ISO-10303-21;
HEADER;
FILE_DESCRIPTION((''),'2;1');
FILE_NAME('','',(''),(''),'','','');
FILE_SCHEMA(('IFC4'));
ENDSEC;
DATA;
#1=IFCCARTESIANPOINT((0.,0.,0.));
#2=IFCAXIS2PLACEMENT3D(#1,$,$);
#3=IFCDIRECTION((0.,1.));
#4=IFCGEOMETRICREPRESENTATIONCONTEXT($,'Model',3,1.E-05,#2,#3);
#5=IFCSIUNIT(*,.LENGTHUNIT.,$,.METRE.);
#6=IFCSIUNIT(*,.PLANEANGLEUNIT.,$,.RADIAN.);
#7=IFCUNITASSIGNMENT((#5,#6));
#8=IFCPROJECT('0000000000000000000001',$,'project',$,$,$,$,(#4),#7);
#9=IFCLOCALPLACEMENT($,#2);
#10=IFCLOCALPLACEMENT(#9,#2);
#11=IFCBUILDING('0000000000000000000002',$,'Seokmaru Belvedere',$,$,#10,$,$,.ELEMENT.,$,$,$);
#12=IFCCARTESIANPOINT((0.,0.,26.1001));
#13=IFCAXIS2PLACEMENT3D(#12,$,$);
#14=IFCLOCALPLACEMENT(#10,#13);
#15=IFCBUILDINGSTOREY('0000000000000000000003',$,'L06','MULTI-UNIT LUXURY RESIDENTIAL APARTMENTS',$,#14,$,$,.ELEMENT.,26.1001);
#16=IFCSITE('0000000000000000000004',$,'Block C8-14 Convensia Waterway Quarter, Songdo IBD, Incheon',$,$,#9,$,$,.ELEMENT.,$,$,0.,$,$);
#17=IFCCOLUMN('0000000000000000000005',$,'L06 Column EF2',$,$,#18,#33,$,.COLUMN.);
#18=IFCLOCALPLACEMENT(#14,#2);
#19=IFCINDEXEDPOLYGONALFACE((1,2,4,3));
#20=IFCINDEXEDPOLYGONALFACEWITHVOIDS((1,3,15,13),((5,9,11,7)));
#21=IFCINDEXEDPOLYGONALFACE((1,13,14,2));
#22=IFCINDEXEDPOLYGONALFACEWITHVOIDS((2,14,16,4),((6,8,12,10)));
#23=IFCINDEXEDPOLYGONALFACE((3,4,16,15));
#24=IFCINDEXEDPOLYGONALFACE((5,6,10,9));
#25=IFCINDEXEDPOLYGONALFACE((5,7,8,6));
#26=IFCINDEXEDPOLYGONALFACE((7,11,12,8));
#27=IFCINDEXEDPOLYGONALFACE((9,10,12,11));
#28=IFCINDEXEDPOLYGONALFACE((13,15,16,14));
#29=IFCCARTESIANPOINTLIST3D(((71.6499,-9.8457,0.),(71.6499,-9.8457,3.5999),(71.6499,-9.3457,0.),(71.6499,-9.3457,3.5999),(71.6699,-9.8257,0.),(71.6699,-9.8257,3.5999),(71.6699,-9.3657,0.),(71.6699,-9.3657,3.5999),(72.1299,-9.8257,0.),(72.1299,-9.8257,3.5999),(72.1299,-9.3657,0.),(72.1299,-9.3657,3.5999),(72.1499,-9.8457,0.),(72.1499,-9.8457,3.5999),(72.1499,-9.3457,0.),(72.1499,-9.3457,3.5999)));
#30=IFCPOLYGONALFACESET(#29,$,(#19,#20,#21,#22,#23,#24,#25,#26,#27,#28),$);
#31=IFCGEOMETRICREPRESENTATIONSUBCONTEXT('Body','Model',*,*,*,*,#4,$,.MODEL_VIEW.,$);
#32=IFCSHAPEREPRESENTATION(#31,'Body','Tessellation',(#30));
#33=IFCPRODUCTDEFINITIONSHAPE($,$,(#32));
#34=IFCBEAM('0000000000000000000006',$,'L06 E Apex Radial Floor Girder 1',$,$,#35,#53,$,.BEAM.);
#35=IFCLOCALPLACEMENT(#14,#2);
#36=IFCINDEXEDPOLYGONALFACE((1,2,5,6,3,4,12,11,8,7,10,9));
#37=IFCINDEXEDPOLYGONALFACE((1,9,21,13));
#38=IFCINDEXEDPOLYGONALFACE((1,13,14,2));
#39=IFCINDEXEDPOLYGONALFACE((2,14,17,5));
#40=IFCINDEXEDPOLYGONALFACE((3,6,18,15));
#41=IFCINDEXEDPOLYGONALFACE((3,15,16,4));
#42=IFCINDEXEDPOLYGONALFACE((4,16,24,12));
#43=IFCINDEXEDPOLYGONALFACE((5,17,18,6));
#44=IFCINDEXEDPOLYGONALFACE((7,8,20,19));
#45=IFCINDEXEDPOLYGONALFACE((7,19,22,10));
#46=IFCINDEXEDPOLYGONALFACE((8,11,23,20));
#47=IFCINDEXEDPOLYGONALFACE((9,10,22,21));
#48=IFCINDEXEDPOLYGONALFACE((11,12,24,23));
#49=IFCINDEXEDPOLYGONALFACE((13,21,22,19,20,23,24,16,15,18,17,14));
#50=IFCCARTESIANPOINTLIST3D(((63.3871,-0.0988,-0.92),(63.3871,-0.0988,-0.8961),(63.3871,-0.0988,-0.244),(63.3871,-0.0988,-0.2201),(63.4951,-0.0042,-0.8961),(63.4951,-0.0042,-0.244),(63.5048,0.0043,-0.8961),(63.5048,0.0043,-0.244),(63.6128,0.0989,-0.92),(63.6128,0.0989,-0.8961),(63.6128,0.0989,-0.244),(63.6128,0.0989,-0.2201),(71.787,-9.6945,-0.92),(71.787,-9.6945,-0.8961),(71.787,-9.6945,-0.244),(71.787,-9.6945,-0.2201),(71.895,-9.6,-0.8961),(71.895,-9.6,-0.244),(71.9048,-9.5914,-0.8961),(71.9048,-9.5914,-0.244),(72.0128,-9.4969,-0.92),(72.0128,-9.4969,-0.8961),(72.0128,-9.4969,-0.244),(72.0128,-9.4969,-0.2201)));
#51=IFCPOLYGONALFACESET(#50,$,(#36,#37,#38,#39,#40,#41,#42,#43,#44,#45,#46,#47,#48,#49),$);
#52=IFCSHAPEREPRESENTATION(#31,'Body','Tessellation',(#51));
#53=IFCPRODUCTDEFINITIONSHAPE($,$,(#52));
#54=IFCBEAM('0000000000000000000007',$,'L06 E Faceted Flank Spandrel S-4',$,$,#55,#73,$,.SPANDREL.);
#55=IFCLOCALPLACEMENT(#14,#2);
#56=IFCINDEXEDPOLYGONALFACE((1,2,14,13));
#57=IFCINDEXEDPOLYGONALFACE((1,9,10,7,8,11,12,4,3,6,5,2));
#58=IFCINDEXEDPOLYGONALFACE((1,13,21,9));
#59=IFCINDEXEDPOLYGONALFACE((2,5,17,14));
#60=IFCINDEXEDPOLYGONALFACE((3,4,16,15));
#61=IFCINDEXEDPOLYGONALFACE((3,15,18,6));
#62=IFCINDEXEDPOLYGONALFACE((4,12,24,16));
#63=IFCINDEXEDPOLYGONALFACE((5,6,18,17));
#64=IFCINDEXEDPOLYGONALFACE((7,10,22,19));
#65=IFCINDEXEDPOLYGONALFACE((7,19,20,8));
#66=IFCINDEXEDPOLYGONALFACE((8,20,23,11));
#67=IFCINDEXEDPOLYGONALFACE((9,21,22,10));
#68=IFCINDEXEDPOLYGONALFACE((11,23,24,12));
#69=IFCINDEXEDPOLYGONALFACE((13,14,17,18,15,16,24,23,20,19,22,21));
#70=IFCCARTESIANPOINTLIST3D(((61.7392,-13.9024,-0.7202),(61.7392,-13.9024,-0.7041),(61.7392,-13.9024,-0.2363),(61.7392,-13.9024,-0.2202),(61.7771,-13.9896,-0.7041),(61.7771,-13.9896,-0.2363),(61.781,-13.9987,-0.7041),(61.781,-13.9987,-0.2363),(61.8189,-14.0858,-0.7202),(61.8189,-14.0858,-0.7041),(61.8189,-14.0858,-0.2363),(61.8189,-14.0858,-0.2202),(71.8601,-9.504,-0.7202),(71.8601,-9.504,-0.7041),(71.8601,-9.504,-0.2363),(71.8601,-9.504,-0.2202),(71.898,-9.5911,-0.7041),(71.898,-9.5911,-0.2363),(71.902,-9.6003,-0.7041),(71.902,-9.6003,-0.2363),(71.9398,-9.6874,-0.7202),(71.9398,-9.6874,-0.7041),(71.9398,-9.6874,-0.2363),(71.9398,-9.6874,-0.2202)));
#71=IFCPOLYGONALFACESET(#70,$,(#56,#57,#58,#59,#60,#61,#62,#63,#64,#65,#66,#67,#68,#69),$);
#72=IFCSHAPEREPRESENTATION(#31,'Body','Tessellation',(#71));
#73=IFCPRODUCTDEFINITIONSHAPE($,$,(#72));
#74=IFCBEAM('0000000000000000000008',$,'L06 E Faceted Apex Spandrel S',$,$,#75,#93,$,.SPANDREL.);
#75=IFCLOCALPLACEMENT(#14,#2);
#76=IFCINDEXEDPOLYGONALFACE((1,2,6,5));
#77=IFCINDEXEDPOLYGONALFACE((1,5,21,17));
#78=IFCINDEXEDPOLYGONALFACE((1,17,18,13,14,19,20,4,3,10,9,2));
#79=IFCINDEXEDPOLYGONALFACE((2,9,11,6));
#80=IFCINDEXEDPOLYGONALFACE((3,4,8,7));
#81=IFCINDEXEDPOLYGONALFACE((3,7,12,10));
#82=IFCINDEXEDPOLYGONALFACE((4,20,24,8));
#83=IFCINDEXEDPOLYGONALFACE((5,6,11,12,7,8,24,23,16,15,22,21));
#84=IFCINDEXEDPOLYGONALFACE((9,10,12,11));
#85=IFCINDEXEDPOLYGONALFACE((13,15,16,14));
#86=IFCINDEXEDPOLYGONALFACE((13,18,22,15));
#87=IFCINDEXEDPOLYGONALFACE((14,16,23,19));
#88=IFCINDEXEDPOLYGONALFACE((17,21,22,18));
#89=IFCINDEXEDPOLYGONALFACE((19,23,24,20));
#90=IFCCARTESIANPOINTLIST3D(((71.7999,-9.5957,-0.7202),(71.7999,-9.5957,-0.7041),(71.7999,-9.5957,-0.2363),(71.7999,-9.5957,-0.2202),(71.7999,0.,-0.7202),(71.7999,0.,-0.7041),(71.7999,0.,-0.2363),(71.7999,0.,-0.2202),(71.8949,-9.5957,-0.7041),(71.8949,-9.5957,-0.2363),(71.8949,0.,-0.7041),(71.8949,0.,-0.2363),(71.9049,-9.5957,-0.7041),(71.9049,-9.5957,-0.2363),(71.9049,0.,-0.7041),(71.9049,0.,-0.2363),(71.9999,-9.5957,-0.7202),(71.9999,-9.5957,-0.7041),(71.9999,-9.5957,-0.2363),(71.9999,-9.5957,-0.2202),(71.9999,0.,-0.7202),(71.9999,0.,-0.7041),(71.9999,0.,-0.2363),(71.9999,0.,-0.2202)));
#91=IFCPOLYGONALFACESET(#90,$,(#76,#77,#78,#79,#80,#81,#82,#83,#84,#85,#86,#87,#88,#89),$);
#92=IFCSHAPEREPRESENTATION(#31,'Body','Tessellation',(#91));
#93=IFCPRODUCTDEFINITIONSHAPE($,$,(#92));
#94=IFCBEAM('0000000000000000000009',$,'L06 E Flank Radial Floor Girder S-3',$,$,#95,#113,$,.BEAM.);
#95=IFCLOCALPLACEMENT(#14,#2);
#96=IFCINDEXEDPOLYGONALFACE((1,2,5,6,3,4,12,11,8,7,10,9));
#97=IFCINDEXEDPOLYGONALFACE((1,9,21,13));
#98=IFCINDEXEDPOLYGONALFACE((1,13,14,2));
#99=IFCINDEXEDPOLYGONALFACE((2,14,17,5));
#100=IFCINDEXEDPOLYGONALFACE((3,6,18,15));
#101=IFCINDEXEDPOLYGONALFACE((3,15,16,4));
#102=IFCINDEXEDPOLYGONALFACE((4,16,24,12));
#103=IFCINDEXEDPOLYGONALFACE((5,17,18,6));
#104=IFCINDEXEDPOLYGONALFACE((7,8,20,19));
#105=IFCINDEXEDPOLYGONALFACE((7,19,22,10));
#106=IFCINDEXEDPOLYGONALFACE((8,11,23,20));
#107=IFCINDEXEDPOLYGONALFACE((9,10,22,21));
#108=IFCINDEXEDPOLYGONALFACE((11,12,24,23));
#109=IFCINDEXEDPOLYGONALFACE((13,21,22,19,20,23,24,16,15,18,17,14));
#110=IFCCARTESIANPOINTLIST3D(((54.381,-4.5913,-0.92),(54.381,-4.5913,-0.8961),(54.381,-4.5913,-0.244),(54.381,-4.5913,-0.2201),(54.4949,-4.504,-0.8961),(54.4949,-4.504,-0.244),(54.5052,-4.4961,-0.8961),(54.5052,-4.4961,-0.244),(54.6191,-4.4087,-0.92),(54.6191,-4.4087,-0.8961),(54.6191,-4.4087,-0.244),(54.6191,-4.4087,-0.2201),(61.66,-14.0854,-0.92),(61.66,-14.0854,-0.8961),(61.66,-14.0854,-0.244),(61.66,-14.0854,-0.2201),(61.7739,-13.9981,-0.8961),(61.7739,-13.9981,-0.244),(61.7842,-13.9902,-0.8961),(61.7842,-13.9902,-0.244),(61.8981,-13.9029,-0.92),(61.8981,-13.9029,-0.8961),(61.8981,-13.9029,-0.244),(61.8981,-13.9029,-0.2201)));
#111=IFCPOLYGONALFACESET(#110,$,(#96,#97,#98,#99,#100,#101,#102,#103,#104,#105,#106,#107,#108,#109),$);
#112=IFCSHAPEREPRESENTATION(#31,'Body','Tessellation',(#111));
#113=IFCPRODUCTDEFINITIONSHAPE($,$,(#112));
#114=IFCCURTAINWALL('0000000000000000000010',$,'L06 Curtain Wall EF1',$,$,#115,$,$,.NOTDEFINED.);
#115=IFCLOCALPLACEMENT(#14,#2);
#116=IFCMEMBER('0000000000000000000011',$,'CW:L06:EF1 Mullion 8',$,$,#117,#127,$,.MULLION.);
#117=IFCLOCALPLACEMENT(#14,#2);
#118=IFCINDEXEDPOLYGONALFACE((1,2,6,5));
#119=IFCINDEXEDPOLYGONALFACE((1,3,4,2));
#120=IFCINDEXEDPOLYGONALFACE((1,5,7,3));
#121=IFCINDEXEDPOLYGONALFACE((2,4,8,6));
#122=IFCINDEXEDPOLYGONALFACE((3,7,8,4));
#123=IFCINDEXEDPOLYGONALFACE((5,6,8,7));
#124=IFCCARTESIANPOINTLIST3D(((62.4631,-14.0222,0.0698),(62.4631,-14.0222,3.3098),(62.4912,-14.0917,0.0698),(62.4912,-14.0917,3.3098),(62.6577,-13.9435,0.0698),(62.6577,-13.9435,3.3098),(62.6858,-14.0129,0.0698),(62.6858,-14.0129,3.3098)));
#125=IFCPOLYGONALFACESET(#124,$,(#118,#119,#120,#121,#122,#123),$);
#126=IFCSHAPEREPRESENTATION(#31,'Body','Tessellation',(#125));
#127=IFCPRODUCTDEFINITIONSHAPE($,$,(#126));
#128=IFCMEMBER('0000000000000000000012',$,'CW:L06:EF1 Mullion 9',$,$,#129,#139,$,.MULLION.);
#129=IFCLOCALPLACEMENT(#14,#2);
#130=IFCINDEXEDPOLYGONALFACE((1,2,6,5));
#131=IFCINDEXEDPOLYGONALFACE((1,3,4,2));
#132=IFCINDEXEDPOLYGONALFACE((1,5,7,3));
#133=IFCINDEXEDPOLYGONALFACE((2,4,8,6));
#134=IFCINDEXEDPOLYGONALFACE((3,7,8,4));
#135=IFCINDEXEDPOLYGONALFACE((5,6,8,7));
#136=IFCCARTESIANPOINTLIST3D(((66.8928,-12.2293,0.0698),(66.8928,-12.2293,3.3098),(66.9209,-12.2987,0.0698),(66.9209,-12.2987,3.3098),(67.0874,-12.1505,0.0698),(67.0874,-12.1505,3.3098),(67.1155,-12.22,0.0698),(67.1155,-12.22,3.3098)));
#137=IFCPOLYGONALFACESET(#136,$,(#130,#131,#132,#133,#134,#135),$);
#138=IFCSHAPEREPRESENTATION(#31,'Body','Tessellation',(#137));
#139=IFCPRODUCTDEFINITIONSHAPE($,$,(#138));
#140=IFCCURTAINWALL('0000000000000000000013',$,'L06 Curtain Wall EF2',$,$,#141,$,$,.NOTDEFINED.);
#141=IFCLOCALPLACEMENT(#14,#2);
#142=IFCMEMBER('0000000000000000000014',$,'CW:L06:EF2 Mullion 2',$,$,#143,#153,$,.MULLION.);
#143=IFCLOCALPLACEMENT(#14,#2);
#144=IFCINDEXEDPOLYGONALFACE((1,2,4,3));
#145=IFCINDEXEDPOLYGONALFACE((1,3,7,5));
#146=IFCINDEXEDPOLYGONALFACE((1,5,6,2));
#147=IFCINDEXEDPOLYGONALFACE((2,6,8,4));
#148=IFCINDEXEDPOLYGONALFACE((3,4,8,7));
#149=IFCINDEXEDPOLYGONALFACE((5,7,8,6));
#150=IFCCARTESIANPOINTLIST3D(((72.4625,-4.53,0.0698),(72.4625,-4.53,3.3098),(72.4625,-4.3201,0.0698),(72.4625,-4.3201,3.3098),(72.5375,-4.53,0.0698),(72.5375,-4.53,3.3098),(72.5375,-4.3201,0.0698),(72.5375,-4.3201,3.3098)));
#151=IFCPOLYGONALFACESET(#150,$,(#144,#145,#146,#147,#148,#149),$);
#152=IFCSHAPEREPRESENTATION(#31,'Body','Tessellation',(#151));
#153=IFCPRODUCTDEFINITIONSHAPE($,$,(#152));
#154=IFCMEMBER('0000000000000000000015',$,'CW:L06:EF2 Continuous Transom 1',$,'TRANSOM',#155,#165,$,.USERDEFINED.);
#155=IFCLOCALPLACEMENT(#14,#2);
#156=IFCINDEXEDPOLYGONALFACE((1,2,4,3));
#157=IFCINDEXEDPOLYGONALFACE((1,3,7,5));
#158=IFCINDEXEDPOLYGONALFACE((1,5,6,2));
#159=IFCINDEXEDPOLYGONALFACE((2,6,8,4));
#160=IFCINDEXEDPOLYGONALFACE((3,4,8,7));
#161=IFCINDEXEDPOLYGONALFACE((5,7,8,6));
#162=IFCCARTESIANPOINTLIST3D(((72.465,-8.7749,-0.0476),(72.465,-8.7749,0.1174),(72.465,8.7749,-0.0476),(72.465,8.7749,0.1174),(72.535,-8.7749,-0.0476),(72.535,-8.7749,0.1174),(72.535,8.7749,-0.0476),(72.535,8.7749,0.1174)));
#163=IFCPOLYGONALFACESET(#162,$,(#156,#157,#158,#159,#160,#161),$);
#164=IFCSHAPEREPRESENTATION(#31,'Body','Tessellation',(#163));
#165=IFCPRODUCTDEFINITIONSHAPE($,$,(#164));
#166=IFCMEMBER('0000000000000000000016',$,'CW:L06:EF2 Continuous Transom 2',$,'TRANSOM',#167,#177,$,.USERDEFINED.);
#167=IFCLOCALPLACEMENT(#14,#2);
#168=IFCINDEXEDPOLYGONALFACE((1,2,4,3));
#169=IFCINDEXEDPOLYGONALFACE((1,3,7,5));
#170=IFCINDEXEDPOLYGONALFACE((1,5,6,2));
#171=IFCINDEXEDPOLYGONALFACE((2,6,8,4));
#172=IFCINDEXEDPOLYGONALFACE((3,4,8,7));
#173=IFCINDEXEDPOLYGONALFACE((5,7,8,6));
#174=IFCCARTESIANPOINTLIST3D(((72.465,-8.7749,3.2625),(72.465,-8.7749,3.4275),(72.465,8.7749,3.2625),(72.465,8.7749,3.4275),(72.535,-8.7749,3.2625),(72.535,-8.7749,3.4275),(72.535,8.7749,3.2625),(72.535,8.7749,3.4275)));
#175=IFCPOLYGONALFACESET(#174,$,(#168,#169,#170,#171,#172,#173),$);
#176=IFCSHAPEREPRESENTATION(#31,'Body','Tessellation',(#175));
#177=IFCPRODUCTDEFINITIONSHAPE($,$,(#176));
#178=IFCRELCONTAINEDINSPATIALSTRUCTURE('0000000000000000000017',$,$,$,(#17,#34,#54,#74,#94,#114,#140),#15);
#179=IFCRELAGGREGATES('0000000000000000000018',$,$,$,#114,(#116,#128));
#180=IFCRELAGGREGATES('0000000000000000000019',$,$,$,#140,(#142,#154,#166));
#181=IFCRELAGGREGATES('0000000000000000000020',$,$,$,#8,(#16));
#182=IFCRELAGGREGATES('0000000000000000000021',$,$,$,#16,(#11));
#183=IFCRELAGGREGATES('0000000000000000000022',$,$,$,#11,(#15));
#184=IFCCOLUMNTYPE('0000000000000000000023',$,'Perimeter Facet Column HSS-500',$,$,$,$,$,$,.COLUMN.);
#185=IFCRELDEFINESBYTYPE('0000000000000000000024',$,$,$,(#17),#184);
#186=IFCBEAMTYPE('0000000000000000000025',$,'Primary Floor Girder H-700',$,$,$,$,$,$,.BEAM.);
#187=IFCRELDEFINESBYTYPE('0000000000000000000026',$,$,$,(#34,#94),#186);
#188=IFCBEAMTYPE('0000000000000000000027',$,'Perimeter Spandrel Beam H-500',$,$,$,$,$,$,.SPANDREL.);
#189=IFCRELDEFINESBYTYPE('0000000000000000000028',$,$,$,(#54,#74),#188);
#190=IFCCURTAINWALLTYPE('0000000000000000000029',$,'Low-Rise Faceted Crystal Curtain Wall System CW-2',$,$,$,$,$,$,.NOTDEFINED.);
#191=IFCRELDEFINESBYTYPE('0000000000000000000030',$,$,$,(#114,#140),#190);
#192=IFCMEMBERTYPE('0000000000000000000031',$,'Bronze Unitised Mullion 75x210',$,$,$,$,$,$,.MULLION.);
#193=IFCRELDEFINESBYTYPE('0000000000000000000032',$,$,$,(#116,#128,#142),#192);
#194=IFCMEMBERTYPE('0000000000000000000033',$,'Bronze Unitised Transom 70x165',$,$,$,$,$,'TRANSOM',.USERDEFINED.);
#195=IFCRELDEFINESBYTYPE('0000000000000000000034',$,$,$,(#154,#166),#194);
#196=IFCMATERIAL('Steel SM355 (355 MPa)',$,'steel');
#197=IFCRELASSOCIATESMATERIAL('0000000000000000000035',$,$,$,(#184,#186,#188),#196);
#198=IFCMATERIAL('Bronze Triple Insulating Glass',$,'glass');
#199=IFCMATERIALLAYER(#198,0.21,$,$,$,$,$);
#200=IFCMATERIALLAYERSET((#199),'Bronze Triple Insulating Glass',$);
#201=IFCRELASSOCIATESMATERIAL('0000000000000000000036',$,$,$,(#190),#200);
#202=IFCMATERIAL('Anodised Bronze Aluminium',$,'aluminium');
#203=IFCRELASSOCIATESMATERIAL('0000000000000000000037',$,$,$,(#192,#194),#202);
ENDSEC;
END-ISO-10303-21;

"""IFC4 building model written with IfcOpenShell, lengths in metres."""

from ifc_helpers import new_model, si_unit, direction, frame, origin, origin_2d, place, context, subcontext, project, spatial, rectangle, hollow_rectangle, i_section, extrude, source, transform, mapped, material, layer, layer_set, material_profile, profile_set, type_object, type_shapes, element, aggregate, save


model = new_model("IFC4")

# Units and contexts
model_context = context("Model", 3, precision=1e-05, world=origin(), true_north=direction((0.0, 1.0)))
body_context = subcontext(model_context, "Body", "Model", "MODEL_VIEW")
ifc_project = project(units=[si_unit("LENGTHUNIT", "METRE"), si_unit("PLANEANGLEUNIT", "RADIAN")], contexts=[model_context])

# Site, building, storey
site_placement = place(None, origin())
site = spatial("IfcSite", under=ifc_project, at=site_placement, Name="Block C8-14 Convensia Waterway Quarter, Songdo IBD, Incheon", CompositionType="ELEMENT", RefElevation=0.0)
building_placement = place(site_placement, origin())
building = spatial("IfcBuilding", under=site, at=building_placement, Name="Seokmaru Belvedere", CompositionType="ELEMENT")
storey_placement = place(building_placement, frame((0.0, 0.0, 26.1001)))
storey = spatial("IfcBuildingStorey", under=building, at=storey_placement, Name="L06", Description="MULTI-UNIT LUXURY RESIDENTIAL APARTMENTS", CompositionType="ELEMENT", Elevation=26.1001)

# Column
ifc_material_1 = material(Name="Steel SM355 (355 MPa)", Category="steel")
ifc_material_profile_1 = material_profile(ifc_material_1, hollow_rectangle(XDim=0.5, YDim=0.5, WallThickness=0.02, at=origin_2d()), Name="HSS-500x500x20")
ifc_profile_set_1 = profile_set([ifc_material_profile_1], Name="Steel SM355 (355 MPa)")
column_type = type_object("IfcColumnType", Name="Perimeter Facet Column HSS-500", PredefinedType="COLUMN", material=ifc_profile_set_1)
shared_shape_1 = source(origin(), body_context, "Body", "SweptSolid", [
    extrude(hollow_rectangle(XDim=0.5, YDim=0.5, WallThickness=0.02, at=origin_2d()), origin(), (0.0, 0.0, 1.0), 3.5999),
])
type_shapes(column_type, [shared_shape_1])
column_placement = place(storey_placement, frame((71.8999, -9.5957, 0.0), z_axis=(0.0, 0.0, 1.0), x_axis=(1.0, 0.0, 0.0)))
element("IfcColumn", 1, at=column_placement, inside=storey, type_object=column_type, Name="L06 Column EF2", PredefinedType="COLUMN", context=body_context, shape_type="MappedRepresentation", body=[
    mapped(shared_shape_1, transform((0.0, 0.0, 0.0), scale=1.0)),
])

# Beams
ifc_material_profile_2 = material_profile(ifc_material_1, i_section(OverallWidth=0.3, OverallDepth=0.7, WebThickness=0.0129, FlangeThickness=0.0239, at=origin_2d()), Name="H-700x300x13x24")
ifc_profile_set_2 = profile_set([ifc_material_profile_2], Name="Steel SM355 (355 MPa)")
beam_type_1 = type_object("IfcBeamType", Name="Primary Floor Girder H-700", PredefinedType="BEAM", material=ifc_profile_set_2)
shared_shape_2 = source(origin(), body_context, "Body", "SweptSolid", [
    extrude(i_section(OverallWidth=0.3, OverallDepth=0.7, WebThickness=0.0129, FlangeThickness=0.0239, at=origin_2d()), origin(), (0.0, 0.0, 1.0), 12.7529),
])
beam_1_placement = place(storey_placement, frame((71.8999, -9.5957, -0.5701), z_axis=(-0.658667, 0.752434, 0.0), x_axis=(-0.752434, -0.658667, 0.0)))
element("IfcBeam", 2, at=beam_1_placement, inside=storey, type_object=beam_type_1, Name="L06 E Apex Radial Floor Girder 1", PredefinedType="BEAM", context=body_context, shape_type="MappedRepresentation", body=[
    mapped(shared_shape_2, transform((0.0, 0.0, 0.0), scale=1.0)),
])
ifc_material_profile_3 = material_profile(ifc_material_1, i_section(OverallWidth=0.2, OverallDepth=0.5, WebThickness=0.01, FlangeThickness=0.0161, at=origin_2d()), Name="H-500x200x10x16")
ifc_profile_set_3 = profile_set([ifc_material_profile_3], Name="Steel SM355 (355 MPa)")
beam_type_2 = type_object("IfcBeamType", Name="Perimeter Spandrel Beam H-500", PredefinedType="SPANDREL", material=ifc_profile_set_3)
shared_shape_3 = source(origin(), body_context, "Body", "SweptSolid", [
    extrude(i_section(OverallWidth=0.2, OverallDepth=0.5, WebThickness=0.01, FlangeThickness=0.0161, at=origin_2d()), origin(), (0.0, 0.0, 1.0), 11.0354),
])
beam_2_placement = place(storey_placement, frame((61.7791, -13.9941, -0.4702), z_axis=(0.917134, 0.398579, 0.0), x_axis=(-0.398579, 0.917134, 0.0)))
element("IfcBeam", 3, at=beam_2_placement, inside=storey, type_object=beam_type_2, Name="L06 E Faceted Flank Spandrel S-4", PredefinedType="SPANDREL", context=body_context, shape_type="MappedRepresentation", body=[
    mapped(shared_shape_3, transform((0.0, 0.0, 0.0), scale=1.0)),
])
shared_shape_4 = source(origin(), body_context, "Body", "SweptSolid", [
    extrude(i_section(OverallWidth=0.2, OverallDepth=0.5, WebThickness=0.01, FlangeThickness=0.0161, at=origin_2d()), origin(), (0.0, 0.0, 1.0), 9.5957),
])
type_shapes(beam_type_2, [shared_shape_3, shared_shape_4])
beam_3_placement = place(storey_placement, frame((71.8999, -9.5957, -0.4702), z_axis=(0.0, 1.0, 0.0), x_axis=(-1.0, 0.0, 0.0)))
element("IfcBeam", 4, at=beam_3_placement, inside=storey, type_object=beam_type_2, Name="L06 E Faceted Apex Spandrel S", PredefinedType="SPANDREL", context=body_context, shape_type="MappedRepresentation", body=[
    mapped(shared_shape_4, transform((0.0, 0.0, 0.0), scale=1.0)),
])
shared_shape_5 = source(origin(), body_context, "Body", "SweptSolid", [
    extrude(i_section(OverallWidth=0.3, OverallDepth=0.7, WebThickness=0.0129, FlangeThickness=0.0239, at=origin_2d()), origin(), (0.0, 0.0, 1.0), 11.9634),
])
type_shapes(beam_type_1, [shared_shape_2, shared_shape_5])
beam_4_placement = place(storey_placement, frame((61.7791, -13.9941, -0.5701), z_axis=(-0.608443, 0.793598, 0.0), x_axis=(-0.793598, -0.608443, 0.0)))
element("IfcBeam", 5, at=beam_4_placement, inside=storey, type_object=beam_type_1, Name="L06 E Flank Radial Floor Girder S-3", PredefinedType="BEAM", context=body_context, shape_type="MappedRepresentation", body=[
    mapped(shared_shape_5, transform((0.0, 0.0, 0.0), scale=1.0)),
])

# Curtain walls, members
ifc_material_2 = material(Name="Bronze Triple Insulating Glass", Category="glass")
ifc_layer_1 = layer(ifc_material_2, 0.21)
ifc_layer_set_1 = layer_set([ifc_layer_1], Name="Bronze Triple Insulating Glass")
curtain_wall_type = type_object("IfcCurtainWallType", Name="Low-Rise Faceted Crystal Curtain Wall System CW-2", PredefinedType="NOTDEFINED", material=ifc_layer_set_1)
curtain_wall_1_placement = place(storey_placement, origin())
curtain_wall_1 = element("IfcCurtainWall", 6, at=curtain_wall_1_placement, inside=storey, type_object=curtain_wall_type, Name="L06 Curtain Wall EF1", PredefinedType="NOTDEFINED")
ifc_material_3 = material(Name="Anodised Bronze Aluminium", Category="aluminium")
ifc_material_profile_4 = material_profile(ifc_material_3, rectangle(XDim=0.075, YDim=0.21, at=origin_2d()), Name="CW-M-75x210")
ifc_profile_set_4 = profile_set([ifc_material_profile_4], Name="Anodised Bronze Aluminium")
member_type_1 = type_object("IfcMemberType", Name="Bronze Unitised Mullion 75x210", PredefinedType="MULLION", material=ifc_profile_set_4)
shared_shape_6 = source(origin(), body_context, "Body", "SweptSolid", [
    extrude(rectangle(XDim=0.075, YDim=0.21, at=origin_2d()), origin(), (0.0, 0.0, 1.0), 3.24),
])
member_1_placement = place(storey_placement, frame((62.5745, -14.0176, 0.0698), z_axis=(0.0, 0.0, 1.0), x_axis=(-0.375192, 0.926947, 0.0)))
member_1 = element("IfcMember", 7, at=member_1_placement, type_object=member_type_1, Name="CW:L06:EF1 Mullion 8", PredefinedType="MULLION", context=body_context, shape_type="MappedRepresentation", body=[
    mapped(shared_shape_6, transform((0.0, 0.0, 0.0), scale=1.0)),
])
member_2_placement = place(storey_placement, frame((67.0042, -12.2246, 0.0698), z_axis=(0.0, 0.0, 1.0), x_axis=(-0.375192, 0.926947, 0.0)))
member_2 = element("IfcMember", 8, at=member_2_placement, type_object=member_type_1, Name="CW:L06:EF1 Mullion 9", PredefinedType="MULLION", context=body_context, shape_type="MappedRepresentation", body=[
    mapped(shared_shape_6, transform((0.0, 0.0, 0.0), scale=1.0)),
])
curtain_wall_2_placement = place(storey_placement, origin())
curtain_wall_2 = element("IfcCurtainWall", 9, at=curtain_wall_2_placement, inside=storey, type_object=curtain_wall_type, Name="L06 Curtain Wall EF2", PredefinedType="NOTDEFINED")
member_3_placement = place(storey_placement, frame((72.5, -4.425, 0.0698), z_axis=(0.0, 0.0, 1.0), x_axis=(-1.0, 0.0, 0.0)))
member_3 = element("IfcMember", 10, at=member_3_placement, type_object=member_type_1, Name="CW:L06:EF2 Mullion 2", PredefinedType="MULLION", context=body_context, shape_type="MappedRepresentation", body=[
    mapped(shared_shape_6, transform((0.0, 0.0, 0.0), scale=1.0)),
])
ifc_material_profile_5 = material_profile(ifc_material_3, rectangle(XDim=0.0701, YDim=0.165, at=origin_2d()), Name="CW-T-70x165")
ifc_profile_set_5 = profile_set([ifc_material_profile_5], Name="Anodised Bronze Aluminium")
member_type_2 = type_object("IfcMemberType", Name="Bronze Unitised Transom 70x165", ElementType="TRANSOM", PredefinedType="USERDEFINED", material=ifc_profile_set_5)
shared_shape_7 = source(origin(), body_context, "Body", "SweptSolid", [
    extrude(rectangle(XDim=0.0701, YDim=0.165, at=origin_2d()), origin(), (0.0, 0.0, 1.0), 17.5498),
])
type_shapes(member_type_2, [shared_shape_7])
member_4_placement = place(storey_placement, frame((72.5, -8.7749, 0.0349), z_axis=(0.0, 1.0, 0.0), x_axis=(-1.0, 0.0, 0.0)))
member_4 = element("IfcMember", 11, at=member_4_placement, type_object=member_type_2, Name="CW:L06:EF2 Continuous Transom 1", ObjectType="TRANSOM", PredefinedType="USERDEFINED", context=body_context, shape_type="MappedRepresentation", body=[
    mapped(shared_shape_7, transform((0.0, 0.0, 0.0), scale=1.0)),
])
member_5_placement = place(storey_placement, frame((72.5, -8.7749, 3.345), z_axis=(0.0, 1.0, 0.0), x_axis=(-1.0, 0.0, 0.0)))
member_5 = element("IfcMember", 12, at=member_5_placement, type_object=member_type_2, Name="CW:L06:EF2 Continuous Transom 2", ObjectType="TRANSOM", PredefinedType="USERDEFINED", context=body_context, shape_type="MappedRepresentation", body=[
    mapped(shared_shape_7, transform((0.0, 0.0, 0.0), scale=1.0)),
])

aggregate(curtain_wall_1, [member_1, member_2])
aggregate(curtain_wall_2, [member_3, member_4, member_5])

save(model, "model.ifc")
